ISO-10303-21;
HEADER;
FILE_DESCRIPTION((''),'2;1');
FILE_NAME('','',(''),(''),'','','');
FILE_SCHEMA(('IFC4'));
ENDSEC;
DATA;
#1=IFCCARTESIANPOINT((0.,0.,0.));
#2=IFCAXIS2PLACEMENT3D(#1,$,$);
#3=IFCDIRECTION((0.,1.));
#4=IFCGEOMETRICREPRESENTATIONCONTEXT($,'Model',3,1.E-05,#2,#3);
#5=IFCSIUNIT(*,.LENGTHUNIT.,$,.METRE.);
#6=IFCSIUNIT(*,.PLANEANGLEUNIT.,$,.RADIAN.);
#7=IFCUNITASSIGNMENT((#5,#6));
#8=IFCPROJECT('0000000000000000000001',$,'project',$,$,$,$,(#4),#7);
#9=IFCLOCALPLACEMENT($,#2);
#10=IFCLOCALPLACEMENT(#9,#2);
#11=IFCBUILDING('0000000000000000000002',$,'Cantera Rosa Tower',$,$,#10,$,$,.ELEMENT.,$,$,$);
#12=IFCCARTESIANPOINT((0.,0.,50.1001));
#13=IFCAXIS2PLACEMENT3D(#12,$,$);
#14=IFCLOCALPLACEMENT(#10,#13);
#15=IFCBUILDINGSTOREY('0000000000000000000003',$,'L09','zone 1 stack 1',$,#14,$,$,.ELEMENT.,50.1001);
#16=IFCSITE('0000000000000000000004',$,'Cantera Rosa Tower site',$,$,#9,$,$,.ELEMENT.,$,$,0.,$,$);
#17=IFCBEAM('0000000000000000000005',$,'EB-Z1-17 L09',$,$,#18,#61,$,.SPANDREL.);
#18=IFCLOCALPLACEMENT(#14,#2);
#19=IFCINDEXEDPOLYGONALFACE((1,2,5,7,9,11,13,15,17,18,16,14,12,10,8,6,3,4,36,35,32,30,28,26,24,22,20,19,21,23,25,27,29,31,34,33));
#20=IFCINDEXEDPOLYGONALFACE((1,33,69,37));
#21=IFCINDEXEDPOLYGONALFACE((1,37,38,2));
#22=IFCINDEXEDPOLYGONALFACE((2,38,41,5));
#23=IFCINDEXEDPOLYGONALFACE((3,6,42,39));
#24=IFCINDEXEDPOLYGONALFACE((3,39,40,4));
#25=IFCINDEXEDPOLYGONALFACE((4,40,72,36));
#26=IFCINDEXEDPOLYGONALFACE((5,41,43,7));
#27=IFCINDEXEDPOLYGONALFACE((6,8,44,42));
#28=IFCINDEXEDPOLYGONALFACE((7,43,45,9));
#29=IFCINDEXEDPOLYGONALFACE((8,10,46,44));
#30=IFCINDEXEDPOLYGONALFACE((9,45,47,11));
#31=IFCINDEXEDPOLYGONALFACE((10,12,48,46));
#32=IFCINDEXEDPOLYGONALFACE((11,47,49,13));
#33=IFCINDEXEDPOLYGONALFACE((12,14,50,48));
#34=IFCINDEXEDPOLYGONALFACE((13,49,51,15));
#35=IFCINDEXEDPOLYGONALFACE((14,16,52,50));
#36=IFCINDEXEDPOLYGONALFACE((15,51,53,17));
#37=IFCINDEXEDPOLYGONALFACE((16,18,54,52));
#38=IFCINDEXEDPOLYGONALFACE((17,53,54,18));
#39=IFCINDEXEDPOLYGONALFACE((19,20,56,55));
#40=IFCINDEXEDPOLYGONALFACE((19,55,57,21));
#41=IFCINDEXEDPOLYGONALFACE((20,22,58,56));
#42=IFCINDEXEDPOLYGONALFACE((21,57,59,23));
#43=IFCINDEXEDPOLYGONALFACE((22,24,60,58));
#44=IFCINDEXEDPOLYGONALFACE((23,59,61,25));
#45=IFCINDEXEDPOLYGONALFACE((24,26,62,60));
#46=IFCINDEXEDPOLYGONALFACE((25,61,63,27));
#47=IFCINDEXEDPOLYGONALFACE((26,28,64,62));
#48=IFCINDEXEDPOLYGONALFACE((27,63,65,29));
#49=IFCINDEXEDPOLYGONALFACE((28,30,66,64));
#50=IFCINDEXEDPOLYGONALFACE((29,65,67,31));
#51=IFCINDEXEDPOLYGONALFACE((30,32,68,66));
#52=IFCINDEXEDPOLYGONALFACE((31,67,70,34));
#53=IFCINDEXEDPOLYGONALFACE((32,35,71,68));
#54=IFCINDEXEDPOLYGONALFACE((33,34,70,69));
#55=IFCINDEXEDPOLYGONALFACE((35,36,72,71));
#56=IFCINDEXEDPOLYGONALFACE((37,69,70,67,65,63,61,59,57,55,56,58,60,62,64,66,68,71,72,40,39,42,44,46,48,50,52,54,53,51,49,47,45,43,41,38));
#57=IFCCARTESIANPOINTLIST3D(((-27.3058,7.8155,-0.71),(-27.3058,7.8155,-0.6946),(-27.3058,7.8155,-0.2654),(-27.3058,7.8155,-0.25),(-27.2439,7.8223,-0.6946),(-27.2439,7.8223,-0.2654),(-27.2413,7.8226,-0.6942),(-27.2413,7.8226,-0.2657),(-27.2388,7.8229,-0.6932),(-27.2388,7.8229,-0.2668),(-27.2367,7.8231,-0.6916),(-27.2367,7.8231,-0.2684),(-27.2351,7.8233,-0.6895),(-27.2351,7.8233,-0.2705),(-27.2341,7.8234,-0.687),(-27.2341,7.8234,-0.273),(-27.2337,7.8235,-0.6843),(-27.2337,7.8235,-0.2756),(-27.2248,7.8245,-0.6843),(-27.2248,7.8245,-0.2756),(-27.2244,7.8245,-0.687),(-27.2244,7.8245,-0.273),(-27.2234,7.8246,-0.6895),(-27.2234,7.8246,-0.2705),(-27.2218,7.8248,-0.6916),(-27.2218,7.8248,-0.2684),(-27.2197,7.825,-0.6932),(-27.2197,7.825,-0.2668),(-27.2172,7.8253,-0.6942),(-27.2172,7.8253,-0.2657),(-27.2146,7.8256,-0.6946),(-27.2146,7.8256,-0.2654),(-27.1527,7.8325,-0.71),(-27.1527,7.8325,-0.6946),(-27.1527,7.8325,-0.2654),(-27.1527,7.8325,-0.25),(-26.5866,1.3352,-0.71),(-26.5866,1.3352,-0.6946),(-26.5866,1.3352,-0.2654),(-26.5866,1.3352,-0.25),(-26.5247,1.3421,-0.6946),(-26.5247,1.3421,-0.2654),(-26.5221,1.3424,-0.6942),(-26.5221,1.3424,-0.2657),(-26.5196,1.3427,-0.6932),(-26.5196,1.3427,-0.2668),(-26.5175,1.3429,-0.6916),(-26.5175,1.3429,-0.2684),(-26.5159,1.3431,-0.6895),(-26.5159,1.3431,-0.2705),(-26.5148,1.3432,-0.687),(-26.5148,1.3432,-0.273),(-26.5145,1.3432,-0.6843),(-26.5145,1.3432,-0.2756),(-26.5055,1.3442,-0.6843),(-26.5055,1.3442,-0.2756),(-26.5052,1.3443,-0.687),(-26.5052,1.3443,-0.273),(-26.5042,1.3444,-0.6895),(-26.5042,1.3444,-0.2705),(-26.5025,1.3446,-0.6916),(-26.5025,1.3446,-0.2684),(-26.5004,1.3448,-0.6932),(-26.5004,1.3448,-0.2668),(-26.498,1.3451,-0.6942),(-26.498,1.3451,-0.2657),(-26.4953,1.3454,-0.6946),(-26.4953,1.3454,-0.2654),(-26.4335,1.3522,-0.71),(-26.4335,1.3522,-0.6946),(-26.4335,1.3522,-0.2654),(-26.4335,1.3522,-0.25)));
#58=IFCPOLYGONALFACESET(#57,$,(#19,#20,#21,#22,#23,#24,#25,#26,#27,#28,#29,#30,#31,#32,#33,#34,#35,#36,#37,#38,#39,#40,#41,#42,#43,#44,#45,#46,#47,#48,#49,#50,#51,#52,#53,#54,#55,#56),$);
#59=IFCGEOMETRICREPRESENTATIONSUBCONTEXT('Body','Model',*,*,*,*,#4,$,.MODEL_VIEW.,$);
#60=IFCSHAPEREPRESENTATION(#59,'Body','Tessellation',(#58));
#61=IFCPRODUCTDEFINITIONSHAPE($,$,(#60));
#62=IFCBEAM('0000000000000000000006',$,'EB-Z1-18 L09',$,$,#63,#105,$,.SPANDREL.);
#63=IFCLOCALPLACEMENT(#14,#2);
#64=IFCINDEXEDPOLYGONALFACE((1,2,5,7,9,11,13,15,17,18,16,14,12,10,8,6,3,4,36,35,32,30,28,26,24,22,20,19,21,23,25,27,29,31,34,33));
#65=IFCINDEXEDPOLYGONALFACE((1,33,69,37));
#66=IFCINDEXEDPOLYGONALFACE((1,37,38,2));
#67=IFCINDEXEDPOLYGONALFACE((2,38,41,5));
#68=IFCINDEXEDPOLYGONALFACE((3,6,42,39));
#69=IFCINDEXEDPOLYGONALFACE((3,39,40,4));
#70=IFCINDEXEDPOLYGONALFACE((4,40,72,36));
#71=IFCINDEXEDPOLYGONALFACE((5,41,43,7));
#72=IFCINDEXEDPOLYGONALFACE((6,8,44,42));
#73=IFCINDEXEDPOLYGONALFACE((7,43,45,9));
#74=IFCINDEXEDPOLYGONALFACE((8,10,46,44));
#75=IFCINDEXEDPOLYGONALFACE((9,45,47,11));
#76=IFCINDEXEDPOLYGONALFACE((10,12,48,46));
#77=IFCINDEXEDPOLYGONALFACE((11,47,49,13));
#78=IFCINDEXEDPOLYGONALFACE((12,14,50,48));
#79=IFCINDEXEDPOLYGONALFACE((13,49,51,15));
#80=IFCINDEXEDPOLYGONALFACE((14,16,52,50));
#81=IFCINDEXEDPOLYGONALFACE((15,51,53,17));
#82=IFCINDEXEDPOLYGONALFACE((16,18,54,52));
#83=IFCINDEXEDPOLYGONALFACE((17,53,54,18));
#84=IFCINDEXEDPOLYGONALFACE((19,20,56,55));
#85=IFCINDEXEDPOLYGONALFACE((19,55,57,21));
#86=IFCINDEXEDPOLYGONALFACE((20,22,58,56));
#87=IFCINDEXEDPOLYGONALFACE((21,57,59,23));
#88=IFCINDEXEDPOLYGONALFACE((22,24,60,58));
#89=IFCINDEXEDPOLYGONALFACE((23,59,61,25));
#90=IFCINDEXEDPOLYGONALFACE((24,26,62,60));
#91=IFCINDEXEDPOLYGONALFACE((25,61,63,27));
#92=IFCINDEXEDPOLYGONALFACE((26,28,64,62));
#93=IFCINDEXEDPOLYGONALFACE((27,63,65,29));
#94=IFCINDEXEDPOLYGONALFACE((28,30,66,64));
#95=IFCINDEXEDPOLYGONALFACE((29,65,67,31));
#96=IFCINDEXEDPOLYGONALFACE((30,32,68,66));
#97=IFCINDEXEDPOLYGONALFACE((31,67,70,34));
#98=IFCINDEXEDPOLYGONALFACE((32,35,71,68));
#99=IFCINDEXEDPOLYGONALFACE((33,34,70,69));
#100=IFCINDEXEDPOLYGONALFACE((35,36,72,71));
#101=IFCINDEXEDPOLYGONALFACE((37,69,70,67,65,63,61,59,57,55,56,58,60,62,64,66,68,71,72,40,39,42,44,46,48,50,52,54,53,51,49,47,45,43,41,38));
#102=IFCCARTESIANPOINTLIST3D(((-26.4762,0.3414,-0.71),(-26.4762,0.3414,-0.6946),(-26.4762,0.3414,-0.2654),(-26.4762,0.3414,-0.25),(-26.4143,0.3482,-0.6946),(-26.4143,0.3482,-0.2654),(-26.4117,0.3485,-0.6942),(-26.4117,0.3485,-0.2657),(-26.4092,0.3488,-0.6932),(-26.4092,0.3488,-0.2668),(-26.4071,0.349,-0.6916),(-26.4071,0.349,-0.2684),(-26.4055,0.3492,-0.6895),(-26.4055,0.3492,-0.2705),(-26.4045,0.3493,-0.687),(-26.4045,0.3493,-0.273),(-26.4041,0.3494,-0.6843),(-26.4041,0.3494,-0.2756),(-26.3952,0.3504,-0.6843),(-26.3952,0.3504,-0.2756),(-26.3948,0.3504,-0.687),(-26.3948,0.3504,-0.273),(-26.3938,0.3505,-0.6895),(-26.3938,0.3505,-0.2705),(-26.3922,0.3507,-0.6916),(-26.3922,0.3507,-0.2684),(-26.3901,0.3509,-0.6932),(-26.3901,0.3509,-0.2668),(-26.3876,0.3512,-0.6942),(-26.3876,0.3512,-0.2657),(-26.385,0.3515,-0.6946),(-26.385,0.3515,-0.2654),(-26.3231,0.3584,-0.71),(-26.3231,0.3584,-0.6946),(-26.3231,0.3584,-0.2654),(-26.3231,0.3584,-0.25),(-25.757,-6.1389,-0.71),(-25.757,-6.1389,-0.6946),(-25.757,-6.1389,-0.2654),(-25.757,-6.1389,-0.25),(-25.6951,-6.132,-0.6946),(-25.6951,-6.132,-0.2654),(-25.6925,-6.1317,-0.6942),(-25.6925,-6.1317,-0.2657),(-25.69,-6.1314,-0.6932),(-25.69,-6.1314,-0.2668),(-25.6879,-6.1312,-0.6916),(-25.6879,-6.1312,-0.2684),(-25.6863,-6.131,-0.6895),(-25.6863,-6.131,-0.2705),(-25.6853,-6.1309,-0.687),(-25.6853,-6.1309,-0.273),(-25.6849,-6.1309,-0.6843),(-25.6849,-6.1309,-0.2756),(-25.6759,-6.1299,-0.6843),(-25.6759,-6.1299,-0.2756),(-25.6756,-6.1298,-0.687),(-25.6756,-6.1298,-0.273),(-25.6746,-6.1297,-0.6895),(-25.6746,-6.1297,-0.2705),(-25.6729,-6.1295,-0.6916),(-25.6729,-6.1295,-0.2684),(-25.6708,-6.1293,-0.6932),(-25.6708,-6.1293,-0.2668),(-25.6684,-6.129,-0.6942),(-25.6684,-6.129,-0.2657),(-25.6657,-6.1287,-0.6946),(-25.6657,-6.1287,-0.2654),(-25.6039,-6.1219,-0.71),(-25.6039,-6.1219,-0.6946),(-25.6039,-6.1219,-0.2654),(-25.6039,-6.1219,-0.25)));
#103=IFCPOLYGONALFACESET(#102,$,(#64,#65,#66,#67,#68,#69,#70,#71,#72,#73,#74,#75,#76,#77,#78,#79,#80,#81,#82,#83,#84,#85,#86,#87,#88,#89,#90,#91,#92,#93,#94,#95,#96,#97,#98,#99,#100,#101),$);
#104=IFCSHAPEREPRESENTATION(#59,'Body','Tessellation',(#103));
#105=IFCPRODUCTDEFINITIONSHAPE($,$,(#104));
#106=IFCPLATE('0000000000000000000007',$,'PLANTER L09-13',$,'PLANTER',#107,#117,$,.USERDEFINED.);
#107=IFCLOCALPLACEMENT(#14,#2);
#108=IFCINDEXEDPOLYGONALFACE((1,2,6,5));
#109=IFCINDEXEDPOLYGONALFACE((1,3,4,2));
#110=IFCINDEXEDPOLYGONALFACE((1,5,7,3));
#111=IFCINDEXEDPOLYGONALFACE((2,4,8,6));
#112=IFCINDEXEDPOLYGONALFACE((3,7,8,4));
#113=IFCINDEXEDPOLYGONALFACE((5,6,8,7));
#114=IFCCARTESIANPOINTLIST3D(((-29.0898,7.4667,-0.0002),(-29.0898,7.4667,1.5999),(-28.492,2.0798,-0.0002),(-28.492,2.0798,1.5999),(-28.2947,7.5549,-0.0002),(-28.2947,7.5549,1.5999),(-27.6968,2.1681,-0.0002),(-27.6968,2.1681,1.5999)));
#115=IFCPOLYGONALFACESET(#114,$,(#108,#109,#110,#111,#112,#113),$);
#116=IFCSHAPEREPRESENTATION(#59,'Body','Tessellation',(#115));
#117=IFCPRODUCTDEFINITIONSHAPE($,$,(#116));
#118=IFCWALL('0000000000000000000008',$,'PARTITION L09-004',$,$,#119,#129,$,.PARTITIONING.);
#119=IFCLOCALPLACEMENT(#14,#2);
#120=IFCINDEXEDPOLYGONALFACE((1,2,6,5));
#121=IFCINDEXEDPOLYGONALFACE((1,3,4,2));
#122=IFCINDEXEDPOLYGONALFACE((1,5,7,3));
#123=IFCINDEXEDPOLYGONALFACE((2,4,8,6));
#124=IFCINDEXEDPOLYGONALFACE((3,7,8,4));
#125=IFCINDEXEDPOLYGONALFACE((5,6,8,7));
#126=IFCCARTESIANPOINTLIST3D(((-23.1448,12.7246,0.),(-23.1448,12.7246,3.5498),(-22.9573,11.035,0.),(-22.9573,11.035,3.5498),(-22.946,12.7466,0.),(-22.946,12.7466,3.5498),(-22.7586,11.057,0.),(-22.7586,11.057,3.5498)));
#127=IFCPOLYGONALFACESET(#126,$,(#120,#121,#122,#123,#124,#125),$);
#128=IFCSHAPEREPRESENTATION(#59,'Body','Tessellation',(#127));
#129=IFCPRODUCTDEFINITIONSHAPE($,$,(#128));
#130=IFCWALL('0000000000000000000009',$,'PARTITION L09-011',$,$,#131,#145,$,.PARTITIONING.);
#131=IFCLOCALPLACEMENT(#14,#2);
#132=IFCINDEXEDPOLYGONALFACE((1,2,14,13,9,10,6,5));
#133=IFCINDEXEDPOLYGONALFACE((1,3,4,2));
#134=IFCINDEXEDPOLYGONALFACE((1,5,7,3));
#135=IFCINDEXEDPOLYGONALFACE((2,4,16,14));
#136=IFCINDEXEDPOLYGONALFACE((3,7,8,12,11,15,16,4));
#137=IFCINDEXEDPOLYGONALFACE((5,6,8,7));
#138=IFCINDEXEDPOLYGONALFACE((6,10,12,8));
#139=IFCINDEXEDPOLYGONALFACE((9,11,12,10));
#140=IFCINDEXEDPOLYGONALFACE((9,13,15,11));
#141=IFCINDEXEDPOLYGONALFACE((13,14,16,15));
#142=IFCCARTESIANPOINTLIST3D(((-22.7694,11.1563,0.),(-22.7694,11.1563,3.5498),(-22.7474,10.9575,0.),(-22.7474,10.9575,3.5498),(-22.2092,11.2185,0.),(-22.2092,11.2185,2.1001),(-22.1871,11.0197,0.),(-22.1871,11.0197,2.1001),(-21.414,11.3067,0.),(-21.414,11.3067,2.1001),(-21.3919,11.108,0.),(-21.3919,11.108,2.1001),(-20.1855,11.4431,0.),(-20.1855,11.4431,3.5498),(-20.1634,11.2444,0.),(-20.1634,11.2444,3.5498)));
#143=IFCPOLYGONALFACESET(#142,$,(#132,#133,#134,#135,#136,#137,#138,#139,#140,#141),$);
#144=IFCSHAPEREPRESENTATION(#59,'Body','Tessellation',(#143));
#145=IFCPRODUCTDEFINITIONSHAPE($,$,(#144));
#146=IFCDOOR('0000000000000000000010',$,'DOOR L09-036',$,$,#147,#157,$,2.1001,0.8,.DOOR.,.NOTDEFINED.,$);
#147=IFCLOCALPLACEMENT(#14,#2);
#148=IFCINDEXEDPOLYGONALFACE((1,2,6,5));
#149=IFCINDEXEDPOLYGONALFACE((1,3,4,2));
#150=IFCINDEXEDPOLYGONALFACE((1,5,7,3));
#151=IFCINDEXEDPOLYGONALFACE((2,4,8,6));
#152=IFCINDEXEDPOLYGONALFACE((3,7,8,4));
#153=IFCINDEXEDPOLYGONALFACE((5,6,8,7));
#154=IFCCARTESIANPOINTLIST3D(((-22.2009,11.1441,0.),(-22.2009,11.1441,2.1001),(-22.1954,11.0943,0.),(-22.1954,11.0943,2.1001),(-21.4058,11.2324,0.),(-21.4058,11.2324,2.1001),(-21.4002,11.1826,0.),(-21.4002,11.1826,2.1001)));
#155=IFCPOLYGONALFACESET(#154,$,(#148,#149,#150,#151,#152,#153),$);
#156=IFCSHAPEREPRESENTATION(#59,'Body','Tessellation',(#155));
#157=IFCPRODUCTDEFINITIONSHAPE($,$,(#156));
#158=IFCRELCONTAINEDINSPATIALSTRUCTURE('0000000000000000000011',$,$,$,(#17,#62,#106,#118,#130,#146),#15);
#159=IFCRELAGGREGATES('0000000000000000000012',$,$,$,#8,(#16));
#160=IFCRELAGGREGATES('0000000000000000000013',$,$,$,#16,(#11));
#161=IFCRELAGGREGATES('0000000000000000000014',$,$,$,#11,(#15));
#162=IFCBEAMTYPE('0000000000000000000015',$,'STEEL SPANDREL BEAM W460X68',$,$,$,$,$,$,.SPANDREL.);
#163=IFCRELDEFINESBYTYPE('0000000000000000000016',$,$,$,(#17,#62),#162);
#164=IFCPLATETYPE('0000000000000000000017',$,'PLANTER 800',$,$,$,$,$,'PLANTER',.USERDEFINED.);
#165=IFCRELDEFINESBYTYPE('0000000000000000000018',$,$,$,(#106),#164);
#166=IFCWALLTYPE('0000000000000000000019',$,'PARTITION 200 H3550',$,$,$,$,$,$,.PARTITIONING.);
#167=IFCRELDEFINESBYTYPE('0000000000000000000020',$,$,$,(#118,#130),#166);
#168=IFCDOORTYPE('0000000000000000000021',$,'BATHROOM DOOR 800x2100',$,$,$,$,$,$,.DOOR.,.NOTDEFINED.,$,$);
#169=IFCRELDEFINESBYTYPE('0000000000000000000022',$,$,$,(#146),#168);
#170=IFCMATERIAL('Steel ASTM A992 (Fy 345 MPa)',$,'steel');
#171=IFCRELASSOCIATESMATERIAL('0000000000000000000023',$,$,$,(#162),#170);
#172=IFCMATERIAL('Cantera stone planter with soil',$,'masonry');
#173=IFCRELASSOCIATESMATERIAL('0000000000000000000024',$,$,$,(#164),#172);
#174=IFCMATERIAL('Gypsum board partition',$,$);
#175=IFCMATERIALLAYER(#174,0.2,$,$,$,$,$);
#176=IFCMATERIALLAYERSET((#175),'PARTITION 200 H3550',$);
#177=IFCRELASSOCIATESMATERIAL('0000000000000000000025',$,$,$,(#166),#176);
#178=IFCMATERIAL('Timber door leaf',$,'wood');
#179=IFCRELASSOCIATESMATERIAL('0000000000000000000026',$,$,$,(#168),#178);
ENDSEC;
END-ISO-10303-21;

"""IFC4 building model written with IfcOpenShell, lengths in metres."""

from ifc_helpers import new_model, si_unit, direction, frame, frame_2d, origin, origin_2d, place, context, subcontext, project, spatial, rectangle, i_section, extrude, material, layer, layer_set, material_profile, profile_set, type_object, element, fill, save


model = new_model("IFC4")

# Units and contexts
model_context = context("Model", 3, precision=1e-05, world=origin(), true_north=direction((0.0, 1.0)))
body_context = subcontext(model_context, "Body", "Model", "MODEL_VIEW")
ifc_project = project(units=[si_unit("LENGTHUNIT", "METRE"), si_unit("PLANEANGLEUNIT", "RADIAN")], contexts=[model_context])

# Site, building, storey
site_placement = place(None, origin())
site = spatial("IfcSite", under=ifc_project, at=site_placement, Name="Cantera Rosa Tower site", CompositionType="ELEMENT", RefElevation=0.0)
building_placement = place(site_placement, origin())
building = spatial("IfcBuilding", under=site, at=building_placement, Name="Cantera Rosa Tower", CompositionType="ELEMENT")
storey_placement = place(building_placement, frame((0.0, 0.0, 50.1001)))
storey = spatial("IfcBuildingStorey", under=building, at=storey_placement, Name="L09", Description="zone 1 stack 1", CompositionType="ELEMENT", Elevation=50.1001)

# Beams
ifc_material_1 = material(Name="Steel ASTM A992 (Fy 345 MPa)", Category="steel")
ifc_material_profile_1 = material_profile(ifc_material_1, i_section(OverallWidth=0.1541, OverallDepth=0.46, WebThickness=0.009, FlangeThickness=0.0154, FilletRadius=0.0103, at=origin_2d()), Name="W460X68")
ifc_profile_set_1 = profile_set([ifc_material_profile_1], Name="Steel ASTM A992 (Fy 345 MPa)")
beam_type_1 = type_object("IfcBeamType", Name="STEEL SPANDREL BEAM W460X68", PredefinedType="SPANDREL", material=ifc_profile_set_1)
for number, where, z_axis, x_axis, name in (
    (1, (-27.2292, 7.824, -0.48), (0.110312, -0.993897, 0.0), (0.993897, 0.110312, 0.0), "EB-Z1-17 L09"),
    (2, (-26.3997, 0.3499, -0.48), (0.110312, -0.993897, 0.0), (0.993897, 0.110312, 0.0), "EB-Z1-18 L09"),
):
    element("IfcBeam", number, at=place(storey_placement, frame(where, z_axis=z_axis, x_axis=x_axis)), inside=storey, type_object=beam_type_1, Name=name, PredefinedType="SPANDREL", context=body_context, shape_type="SweptSolid", body=[
        extrude(i_section(OverallWidth=0.1541, OverallDepth=0.46, WebThickness=0.009, FlangeThickness=0.0154, FilletRadius=0.0103, at=origin_2d()), origin(), (0.0, 0.0, 1.0), 6.52),
    ])

# Plate
ifc_material_2 = material(Name="Cantera stone planter with soil", Category="masonry")
plate_type = type_object("IfcPlateType", Name="PLANTER 800", ElementType="PLANTER", PredefinedType="USERDEFINED", material=ifc_material_2)
plate_placement = place(storey_placement, frame((-28.3933, 4.8174, -0.0002), z_axis=(0.0, 0.0, 1.0), x_axis=(0.110313, -0.993897, 0.0)))
element("IfcPlate", 3, at=plate_placement, inside=storey, type_object=plate_type, Name="PLANTER L09-13", ObjectType="PLANTER", PredefinedType="USERDEFINED", context=body_context, shape_type="SweptSolid", body=[
    extrude(rectangle(XDim=5.4199, YDim=0.8, at=origin_2d()), origin(), (0.0, 0.0, 1.0), 1.6001),
])

# Wall
ifc_material_3 = material(Name="Gypsum board partition")
ifc_layer_1 = layer(ifc_material_3, 0.2)
ifc_layer_set_1 = layer_set([ifc_layer_1], Name="PARTITION 200 H3550")
wall_type_1 = type_object("IfcWallType", Name="PARTITION 200 H3550", PredefinedType="PARTITIONING", material=ifc_layer_set_1)
wall_1_placement = place(storey_placement, frame((-22.8579, 11.0459, 0.0), z_axis=(0.0, 0.0, 1.0), x_axis=(-0.11029, 0.993899, 0.0)))
element("IfcWall", 4, at=wall_1_placement, inside=storey, type_object=wall_type_1, Name="PARTITION L09-004", PredefinedType="PARTITIONING", context=body_context, shape_type="SweptSolid", body=[
    extrude(rectangle(XDim=1.7, YDim=0.2, at=frame_2d((0.8501, 0.0))), origin(), (0.0, 0.0, 1.0), 3.5498),
])

# Wall, opening, door
wall_2_placement = place(storey_placement, frame((-20.1746, 11.3438, 0.0), z_axis=(0.0, 0.0, 1.0), x_axis=(-0.993894, -0.110339, 0.0)))
wall_2 = element("IfcWall", 5, at=wall_2_placement, inside=storey, type_object=wall_type_1, Name="PARTITION L09-011", PredefinedType="PARTITIONING", context=body_context, shape_type="SweptSolid", body=[
    extrude(rectangle(XDim=2.5999, YDim=0.2, at=frame_2d((1.2998, 0.0))), origin(), (0.0, 0.0, 1.0), 3.5498),
])
opening_1_placement = place(wall_2_placement, frame((1.2361, 0.0, 0.0)))
opening_1 = element("IfcOpeningElement", 6, at=opening_1_placement, cuts=wall_2, PredefinedType="OPENING", context=body_context, shape_type="SweptSolid", body=[
    extrude(rectangle(XDim=0.8, YDim=2.1001, at=frame_2d((0.3999, 1.05))), frame((0.0, 0.1099, 0.0), z_axis=(0.0, -1.0, 0.0), x_axis=(1.0, 0.0, 0.0)), (0.0, 0.0, 1.0), 0.22),
])
ifc_material_4 = material(Name="Timber door leaf", Category="wood")
door_type_1 = type_object("IfcDoorType", Name="BATHROOM DOOR 800x2100", OperationType="NOTDEFINED", PredefinedType="DOOR", material=ifc_material_4)
door_1_placement = place(opening_1_placement, origin())
door_1 = element("IfcDoor", 7, at=door_1_placement, inside=storey, type_object=door_type_1, Name="DOOR L09-036", OperationType="NOTDEFINED", OverallHeight=2.1001, OverallWidth=0.8, PredefinedType="DOOR", context=body_context, shape_type="SweptSolid", body=[
    extrude(rectangle(XDim=0.8, YDim=2.1001, at=frame_2d((0.3999, 1.05))), frame((0.0, 0.0249, 0.0), z_axis=(0.0, -1.0, 0.0), x_axis=(1.0, 0.0, 0.0)), (0.0, 0.0, 1.0), 0.05),
])
fill(opening_1, door_1)

save(model, "model.ifc")
